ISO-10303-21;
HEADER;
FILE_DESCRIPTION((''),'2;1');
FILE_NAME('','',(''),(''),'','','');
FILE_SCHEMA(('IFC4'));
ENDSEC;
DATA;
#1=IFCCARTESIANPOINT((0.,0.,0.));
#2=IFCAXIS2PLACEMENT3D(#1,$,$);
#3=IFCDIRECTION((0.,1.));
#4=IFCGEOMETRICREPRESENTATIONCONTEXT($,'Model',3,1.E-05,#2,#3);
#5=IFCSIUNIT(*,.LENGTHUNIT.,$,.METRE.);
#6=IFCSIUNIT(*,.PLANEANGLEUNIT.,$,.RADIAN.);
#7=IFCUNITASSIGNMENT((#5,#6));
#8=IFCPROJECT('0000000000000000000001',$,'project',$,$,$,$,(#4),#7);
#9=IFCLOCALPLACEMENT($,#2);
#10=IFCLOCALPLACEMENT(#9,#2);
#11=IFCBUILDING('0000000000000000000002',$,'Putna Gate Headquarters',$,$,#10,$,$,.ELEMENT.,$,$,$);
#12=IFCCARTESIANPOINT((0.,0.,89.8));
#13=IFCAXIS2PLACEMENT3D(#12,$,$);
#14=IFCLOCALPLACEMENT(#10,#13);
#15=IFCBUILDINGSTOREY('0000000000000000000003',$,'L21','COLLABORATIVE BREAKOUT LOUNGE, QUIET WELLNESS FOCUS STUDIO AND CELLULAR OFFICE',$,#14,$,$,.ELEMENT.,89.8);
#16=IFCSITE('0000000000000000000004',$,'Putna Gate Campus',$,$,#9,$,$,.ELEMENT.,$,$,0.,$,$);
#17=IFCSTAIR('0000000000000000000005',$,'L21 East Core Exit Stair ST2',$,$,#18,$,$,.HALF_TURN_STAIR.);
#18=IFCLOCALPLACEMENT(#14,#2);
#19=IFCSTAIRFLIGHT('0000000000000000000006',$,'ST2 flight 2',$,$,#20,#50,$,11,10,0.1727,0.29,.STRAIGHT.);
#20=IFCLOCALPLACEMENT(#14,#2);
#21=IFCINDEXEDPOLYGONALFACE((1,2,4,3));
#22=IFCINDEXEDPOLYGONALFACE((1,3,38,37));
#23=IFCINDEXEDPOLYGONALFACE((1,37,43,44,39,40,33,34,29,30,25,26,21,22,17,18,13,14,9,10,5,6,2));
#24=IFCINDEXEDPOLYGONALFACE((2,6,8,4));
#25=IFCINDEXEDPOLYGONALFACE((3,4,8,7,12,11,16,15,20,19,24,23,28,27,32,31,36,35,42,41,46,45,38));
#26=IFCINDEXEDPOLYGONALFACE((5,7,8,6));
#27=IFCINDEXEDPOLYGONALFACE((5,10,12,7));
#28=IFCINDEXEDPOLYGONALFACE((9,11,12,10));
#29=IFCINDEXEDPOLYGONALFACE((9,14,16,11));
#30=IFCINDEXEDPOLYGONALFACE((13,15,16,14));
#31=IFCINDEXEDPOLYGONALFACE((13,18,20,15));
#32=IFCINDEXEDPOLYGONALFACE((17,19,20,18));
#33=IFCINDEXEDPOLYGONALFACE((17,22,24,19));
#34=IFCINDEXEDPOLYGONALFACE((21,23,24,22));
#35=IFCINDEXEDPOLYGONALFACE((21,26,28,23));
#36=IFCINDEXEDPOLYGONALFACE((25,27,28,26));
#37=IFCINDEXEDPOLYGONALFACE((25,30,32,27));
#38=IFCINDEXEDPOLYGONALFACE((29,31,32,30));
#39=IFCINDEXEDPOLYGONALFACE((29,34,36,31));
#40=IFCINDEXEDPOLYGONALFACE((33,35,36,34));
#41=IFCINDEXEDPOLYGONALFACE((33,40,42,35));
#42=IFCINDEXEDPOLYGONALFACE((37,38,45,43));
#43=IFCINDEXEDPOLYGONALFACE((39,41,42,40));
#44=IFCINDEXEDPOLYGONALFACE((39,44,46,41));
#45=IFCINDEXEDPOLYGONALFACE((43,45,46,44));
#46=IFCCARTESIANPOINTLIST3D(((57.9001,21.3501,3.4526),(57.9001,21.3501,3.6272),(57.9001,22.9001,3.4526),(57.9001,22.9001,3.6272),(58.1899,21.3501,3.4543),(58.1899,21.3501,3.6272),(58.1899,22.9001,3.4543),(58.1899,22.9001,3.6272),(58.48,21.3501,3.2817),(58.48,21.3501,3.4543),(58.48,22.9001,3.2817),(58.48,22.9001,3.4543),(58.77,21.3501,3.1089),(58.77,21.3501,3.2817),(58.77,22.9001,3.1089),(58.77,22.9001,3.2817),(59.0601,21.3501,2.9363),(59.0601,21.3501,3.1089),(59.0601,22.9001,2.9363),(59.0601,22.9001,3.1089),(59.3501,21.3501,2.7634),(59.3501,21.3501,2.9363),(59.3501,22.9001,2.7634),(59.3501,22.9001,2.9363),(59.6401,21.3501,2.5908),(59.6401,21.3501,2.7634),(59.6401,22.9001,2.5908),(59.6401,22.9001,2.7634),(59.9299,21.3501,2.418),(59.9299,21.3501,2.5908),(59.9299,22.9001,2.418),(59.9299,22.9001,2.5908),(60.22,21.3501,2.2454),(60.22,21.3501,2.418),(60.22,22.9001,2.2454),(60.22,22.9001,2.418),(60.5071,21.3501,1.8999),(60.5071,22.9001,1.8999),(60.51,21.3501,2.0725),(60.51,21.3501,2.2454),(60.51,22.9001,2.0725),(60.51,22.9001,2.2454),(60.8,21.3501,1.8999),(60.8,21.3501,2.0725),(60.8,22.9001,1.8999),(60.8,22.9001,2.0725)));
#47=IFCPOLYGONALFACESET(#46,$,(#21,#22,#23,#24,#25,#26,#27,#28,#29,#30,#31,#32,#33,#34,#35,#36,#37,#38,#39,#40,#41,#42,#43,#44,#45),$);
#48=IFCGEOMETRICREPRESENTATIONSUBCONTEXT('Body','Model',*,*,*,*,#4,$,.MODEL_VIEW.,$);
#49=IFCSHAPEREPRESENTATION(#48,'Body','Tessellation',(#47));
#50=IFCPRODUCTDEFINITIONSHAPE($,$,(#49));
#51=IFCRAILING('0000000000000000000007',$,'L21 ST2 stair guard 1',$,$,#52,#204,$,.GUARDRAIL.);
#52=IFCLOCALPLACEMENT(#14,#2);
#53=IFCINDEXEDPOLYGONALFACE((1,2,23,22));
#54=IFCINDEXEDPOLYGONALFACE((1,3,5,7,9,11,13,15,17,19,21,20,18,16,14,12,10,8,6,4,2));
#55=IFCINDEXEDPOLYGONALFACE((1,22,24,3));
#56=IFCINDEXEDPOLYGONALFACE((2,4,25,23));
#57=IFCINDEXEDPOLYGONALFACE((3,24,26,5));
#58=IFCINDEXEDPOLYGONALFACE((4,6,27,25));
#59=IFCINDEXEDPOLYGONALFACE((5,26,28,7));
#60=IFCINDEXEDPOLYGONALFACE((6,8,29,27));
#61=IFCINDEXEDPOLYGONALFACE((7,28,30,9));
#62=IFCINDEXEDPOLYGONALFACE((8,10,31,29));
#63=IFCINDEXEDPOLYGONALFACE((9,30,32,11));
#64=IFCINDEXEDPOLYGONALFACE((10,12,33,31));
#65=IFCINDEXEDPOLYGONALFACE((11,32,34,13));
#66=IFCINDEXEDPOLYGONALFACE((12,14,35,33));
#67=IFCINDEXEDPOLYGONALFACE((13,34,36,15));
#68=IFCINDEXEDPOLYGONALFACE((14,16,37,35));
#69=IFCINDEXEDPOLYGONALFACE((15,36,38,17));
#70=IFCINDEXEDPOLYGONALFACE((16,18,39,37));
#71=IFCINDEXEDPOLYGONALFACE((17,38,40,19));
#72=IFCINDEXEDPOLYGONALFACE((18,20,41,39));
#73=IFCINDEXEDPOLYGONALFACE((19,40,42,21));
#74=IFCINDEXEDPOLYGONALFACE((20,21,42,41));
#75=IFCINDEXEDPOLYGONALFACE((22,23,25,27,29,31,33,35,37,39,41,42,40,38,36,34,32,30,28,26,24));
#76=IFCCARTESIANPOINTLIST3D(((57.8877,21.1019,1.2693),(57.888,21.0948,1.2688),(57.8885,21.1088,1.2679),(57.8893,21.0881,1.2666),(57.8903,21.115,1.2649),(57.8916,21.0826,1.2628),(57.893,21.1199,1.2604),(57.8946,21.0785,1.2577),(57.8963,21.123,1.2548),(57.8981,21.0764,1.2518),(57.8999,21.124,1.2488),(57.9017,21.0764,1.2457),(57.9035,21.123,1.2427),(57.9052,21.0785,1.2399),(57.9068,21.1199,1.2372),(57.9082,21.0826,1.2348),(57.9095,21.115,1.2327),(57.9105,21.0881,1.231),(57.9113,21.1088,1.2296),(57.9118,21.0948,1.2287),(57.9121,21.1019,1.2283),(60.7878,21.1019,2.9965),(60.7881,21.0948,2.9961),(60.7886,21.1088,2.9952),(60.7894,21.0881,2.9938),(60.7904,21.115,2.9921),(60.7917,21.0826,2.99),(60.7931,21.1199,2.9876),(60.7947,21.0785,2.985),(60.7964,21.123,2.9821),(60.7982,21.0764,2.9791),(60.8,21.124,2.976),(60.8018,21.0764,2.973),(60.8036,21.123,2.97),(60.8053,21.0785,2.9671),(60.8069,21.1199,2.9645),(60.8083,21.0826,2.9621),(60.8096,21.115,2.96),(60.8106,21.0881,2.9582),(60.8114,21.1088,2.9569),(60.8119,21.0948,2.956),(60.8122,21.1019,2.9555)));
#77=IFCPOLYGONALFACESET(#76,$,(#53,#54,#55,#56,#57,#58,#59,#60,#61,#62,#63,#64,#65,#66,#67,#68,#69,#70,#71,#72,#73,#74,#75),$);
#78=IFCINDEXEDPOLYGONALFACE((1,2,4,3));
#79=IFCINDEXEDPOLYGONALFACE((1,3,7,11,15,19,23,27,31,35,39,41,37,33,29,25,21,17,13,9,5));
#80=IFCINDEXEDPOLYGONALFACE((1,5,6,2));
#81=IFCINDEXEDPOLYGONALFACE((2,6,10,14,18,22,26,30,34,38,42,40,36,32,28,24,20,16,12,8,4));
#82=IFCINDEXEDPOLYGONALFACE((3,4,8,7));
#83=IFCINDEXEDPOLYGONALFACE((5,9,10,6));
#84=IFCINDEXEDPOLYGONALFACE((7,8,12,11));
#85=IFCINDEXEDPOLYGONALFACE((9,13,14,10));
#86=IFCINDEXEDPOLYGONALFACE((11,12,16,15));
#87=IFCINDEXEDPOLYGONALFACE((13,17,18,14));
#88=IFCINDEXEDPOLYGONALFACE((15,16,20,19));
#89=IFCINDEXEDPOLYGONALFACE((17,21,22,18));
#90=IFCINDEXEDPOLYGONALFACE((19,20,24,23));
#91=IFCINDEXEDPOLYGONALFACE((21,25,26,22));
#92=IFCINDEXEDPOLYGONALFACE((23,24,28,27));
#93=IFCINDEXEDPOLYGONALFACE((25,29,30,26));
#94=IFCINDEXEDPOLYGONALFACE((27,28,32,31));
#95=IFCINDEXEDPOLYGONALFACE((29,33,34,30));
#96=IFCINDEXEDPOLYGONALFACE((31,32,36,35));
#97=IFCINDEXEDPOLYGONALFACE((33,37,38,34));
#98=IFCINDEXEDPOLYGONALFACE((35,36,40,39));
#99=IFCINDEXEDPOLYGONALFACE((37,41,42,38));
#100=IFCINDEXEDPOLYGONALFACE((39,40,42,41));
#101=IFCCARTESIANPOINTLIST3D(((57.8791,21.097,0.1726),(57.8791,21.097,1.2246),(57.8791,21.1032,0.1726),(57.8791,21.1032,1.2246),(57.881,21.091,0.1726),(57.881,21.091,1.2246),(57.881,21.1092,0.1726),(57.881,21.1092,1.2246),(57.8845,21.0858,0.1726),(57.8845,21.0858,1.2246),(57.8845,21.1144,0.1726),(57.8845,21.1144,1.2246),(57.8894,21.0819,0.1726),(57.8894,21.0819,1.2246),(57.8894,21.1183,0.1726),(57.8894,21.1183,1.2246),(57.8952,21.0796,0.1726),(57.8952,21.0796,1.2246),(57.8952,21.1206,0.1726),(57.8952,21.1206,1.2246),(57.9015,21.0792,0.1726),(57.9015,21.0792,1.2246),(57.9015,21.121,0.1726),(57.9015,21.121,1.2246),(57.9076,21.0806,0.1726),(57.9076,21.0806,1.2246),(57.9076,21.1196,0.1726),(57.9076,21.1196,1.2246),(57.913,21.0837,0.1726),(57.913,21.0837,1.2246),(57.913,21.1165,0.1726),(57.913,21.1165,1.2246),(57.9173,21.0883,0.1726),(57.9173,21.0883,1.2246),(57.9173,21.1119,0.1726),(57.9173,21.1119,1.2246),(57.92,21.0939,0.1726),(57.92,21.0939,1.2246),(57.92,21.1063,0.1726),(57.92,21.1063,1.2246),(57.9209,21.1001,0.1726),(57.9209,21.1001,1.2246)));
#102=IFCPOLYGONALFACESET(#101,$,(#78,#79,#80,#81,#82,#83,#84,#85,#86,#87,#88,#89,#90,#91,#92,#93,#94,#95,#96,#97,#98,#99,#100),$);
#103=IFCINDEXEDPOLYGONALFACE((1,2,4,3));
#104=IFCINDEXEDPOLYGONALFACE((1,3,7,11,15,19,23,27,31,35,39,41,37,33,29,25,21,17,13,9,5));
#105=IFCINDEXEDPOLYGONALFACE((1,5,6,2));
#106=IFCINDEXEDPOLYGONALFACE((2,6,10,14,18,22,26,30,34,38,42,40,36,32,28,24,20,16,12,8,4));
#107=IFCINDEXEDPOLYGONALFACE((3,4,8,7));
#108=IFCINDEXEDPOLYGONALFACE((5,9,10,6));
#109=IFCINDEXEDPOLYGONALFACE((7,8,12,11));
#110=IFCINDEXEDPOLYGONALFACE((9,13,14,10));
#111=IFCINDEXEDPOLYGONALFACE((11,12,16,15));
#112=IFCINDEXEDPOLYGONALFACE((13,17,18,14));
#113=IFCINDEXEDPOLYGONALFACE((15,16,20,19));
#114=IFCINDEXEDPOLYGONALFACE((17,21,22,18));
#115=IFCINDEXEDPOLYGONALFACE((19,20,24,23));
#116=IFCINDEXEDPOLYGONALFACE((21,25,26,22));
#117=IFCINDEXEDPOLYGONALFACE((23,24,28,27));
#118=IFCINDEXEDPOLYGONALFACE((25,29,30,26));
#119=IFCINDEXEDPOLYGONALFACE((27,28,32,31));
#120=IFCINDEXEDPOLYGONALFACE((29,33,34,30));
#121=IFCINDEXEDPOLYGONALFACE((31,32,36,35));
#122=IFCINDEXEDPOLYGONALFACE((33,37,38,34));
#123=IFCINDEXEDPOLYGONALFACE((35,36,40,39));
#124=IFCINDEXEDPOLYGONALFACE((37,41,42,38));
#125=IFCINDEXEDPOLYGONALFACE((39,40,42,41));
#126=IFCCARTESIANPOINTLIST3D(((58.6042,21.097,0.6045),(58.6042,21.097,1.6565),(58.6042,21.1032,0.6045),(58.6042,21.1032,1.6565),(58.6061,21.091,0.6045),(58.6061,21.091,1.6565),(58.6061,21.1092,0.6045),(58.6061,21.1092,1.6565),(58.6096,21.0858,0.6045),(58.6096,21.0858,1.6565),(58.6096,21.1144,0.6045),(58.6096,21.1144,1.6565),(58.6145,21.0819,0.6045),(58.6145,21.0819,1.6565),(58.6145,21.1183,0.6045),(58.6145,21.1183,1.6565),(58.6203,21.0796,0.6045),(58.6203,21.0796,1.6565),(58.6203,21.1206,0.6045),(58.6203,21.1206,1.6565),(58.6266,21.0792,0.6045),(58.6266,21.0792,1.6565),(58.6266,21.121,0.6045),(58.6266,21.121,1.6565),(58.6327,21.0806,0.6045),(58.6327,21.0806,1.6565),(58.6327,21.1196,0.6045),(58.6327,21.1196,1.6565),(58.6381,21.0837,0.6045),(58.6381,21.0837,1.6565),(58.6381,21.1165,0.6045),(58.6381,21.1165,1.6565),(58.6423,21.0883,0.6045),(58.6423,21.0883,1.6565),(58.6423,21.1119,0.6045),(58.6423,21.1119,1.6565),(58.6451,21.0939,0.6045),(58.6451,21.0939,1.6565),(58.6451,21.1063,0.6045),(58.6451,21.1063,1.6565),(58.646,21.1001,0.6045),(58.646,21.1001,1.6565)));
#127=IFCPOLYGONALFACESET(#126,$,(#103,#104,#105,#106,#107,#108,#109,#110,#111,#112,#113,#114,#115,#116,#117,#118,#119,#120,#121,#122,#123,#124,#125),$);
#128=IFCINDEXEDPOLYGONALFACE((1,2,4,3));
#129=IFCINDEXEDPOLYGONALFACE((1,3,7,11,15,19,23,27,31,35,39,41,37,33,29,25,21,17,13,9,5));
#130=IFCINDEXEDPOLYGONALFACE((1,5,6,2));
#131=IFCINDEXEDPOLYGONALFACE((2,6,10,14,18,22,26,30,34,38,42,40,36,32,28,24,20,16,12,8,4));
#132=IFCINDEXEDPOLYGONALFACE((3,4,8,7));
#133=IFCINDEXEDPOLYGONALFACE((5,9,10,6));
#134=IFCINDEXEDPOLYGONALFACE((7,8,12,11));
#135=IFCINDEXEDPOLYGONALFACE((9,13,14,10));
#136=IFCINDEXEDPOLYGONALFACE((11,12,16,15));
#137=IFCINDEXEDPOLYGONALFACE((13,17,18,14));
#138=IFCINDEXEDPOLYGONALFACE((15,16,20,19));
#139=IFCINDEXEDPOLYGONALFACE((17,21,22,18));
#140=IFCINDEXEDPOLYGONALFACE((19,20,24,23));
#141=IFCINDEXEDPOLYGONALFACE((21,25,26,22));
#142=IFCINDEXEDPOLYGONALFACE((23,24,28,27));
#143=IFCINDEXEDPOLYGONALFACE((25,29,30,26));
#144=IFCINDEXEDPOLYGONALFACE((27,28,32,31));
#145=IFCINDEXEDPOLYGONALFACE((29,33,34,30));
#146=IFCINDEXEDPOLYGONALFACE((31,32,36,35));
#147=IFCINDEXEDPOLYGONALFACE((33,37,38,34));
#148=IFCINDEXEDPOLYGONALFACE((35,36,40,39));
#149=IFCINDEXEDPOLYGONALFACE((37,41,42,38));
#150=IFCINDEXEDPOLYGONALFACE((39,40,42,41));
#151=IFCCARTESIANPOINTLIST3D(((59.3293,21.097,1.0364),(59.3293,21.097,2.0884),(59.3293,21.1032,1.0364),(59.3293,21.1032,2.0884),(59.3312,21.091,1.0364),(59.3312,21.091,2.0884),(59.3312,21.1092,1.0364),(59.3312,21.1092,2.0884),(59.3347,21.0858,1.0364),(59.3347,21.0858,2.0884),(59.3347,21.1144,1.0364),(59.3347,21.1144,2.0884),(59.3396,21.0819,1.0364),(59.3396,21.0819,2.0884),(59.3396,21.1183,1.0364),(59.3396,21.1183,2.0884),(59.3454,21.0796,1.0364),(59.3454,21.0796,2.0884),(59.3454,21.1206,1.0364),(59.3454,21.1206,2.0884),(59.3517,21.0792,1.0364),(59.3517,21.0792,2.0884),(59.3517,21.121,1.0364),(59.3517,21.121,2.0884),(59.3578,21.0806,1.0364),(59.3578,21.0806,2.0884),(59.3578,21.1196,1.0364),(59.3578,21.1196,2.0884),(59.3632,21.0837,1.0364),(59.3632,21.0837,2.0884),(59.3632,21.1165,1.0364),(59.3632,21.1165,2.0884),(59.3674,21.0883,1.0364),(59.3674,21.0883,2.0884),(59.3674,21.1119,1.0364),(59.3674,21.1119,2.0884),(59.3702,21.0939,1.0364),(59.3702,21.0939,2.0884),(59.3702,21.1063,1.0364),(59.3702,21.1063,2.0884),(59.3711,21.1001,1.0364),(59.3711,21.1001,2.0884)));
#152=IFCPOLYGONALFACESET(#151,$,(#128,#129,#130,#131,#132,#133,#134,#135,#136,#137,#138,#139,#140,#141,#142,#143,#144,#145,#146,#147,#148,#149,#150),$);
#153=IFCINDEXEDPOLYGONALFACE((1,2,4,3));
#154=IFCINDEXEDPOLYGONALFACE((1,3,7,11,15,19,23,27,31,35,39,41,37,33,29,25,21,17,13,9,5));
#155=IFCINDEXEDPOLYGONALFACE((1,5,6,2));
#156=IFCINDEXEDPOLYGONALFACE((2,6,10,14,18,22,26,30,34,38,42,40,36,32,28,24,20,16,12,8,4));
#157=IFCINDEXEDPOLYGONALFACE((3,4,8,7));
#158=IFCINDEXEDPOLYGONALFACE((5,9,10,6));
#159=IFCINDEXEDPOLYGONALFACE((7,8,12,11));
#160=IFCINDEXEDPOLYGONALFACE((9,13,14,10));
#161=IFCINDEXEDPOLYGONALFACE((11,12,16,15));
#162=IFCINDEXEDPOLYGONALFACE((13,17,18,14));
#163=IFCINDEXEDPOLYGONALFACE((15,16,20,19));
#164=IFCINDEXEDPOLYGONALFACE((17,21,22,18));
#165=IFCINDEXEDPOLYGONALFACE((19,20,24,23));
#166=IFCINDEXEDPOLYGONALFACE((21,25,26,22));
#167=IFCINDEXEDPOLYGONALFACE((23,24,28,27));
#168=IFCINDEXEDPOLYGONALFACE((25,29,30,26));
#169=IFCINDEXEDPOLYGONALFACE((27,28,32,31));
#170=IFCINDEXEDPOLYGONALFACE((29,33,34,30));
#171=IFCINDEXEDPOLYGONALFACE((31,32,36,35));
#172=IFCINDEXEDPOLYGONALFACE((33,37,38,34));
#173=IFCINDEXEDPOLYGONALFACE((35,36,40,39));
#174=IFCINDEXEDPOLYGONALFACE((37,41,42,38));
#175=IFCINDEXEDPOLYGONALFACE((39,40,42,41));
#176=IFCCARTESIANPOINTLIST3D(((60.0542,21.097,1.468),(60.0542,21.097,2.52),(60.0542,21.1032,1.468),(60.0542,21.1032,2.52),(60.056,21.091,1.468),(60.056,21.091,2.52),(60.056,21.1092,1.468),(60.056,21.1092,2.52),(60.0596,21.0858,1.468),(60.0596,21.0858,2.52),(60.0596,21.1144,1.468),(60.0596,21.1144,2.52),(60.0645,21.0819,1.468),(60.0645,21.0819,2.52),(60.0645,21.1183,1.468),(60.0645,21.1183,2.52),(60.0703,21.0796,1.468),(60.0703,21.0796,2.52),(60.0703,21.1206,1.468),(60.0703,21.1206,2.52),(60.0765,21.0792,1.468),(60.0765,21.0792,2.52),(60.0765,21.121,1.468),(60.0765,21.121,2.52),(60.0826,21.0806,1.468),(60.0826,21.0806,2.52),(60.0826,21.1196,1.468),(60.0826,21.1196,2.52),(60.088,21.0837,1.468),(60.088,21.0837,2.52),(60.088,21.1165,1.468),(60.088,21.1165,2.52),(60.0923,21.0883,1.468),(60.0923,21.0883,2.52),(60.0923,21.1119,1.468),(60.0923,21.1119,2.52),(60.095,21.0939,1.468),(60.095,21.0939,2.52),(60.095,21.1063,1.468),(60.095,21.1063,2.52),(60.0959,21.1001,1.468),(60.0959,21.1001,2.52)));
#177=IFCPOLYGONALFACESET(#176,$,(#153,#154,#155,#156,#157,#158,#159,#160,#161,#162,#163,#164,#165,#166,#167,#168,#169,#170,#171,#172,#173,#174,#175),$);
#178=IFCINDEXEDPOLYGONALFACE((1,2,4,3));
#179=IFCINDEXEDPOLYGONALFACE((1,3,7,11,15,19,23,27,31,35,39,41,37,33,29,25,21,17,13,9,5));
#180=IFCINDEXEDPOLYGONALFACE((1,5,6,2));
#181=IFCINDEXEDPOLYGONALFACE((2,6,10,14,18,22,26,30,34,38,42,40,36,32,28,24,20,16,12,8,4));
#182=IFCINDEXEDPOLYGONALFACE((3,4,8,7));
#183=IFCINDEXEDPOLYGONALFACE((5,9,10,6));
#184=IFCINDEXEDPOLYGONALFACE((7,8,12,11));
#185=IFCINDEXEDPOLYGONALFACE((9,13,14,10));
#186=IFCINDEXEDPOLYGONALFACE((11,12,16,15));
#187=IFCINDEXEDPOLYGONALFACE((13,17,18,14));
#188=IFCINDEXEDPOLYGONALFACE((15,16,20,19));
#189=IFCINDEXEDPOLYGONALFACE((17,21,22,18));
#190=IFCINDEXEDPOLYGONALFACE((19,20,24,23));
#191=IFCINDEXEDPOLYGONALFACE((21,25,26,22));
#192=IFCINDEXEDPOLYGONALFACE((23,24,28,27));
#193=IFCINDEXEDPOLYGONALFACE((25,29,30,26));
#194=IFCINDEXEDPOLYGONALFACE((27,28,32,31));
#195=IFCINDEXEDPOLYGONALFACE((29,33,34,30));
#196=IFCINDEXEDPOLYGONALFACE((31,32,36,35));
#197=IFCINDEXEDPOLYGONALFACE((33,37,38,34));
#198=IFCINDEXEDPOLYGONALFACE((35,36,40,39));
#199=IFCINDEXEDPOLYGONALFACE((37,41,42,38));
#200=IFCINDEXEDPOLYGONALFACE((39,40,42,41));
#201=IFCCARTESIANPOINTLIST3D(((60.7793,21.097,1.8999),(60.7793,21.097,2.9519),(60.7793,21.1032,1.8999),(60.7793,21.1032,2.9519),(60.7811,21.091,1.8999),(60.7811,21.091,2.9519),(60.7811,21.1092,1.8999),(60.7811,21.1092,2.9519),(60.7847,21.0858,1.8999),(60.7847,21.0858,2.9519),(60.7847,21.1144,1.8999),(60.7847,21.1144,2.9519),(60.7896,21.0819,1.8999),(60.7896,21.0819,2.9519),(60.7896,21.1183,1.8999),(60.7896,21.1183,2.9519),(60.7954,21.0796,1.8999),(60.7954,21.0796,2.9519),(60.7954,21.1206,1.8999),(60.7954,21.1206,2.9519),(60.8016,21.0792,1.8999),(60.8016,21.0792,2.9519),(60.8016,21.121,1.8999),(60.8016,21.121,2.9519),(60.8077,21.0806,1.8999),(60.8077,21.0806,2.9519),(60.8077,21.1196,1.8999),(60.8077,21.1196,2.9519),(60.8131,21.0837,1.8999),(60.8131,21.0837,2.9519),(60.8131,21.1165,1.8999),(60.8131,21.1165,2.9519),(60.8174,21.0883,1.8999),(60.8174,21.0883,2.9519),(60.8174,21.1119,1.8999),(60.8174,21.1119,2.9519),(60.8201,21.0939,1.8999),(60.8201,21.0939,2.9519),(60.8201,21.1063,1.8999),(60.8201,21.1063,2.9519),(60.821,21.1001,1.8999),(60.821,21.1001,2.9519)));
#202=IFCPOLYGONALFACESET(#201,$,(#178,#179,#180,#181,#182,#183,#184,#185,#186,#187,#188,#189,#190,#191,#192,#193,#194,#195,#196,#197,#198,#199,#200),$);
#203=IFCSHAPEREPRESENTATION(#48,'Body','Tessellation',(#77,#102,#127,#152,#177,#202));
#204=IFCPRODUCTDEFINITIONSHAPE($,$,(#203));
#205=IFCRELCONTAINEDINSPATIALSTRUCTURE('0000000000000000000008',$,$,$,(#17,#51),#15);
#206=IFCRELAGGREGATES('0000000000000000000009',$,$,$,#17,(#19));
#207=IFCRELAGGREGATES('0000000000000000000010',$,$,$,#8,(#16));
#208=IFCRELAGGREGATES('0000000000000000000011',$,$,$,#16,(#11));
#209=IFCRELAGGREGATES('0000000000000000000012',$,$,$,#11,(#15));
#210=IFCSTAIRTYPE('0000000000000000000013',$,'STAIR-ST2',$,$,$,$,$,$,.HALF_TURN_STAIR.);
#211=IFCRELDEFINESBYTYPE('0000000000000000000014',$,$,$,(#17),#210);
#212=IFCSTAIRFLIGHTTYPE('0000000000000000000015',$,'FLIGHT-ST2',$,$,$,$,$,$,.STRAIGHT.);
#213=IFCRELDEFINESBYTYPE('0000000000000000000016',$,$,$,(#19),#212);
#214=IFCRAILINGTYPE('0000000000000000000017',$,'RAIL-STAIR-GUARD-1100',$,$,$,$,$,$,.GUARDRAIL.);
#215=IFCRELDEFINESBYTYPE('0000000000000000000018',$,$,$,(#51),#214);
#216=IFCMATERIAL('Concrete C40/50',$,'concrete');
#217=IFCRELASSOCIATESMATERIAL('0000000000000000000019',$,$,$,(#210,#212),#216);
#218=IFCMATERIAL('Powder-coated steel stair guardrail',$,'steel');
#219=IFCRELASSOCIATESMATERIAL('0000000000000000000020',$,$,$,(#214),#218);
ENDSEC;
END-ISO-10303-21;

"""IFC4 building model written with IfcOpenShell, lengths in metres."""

from ifc_helpers import new_model, si_unit, direction, frame, origin, origin_2d, place, context, subcontext, project, spatial, polyline, circle, outline, extrude, material, type_object, element, aggregate, save


model = new_model("IFC4")

# Units and contexts
model_context = context("Model", 3, precision=1e-05, world=origin(), true_north=direction((0.0, 1.0)))
body_context = subcontext(model_context, "Body", "Model", "MODEL_VIEW")
ifc_project = project(units=[si_unit("LENGTHUNIT", "METRE"), si_unit("PLANEANGLEUNIT", "RADIAN")], contexts=[model_context])

# Site, building, storey
site_placement = place(None, origin())
site = spatial("IfcSite", under=ifc_project, at=site_placement, Name="Putna Gate Campus", CompositionType="ELEMENT", RefElevation=0.0)
building_placement = place(site_placement, origin())
building = spatial("IfcBuilding", under=site, at=building_placement, Name="Putna Gate Headquarters", CompositionType="ELEMENT")
storey_placement = place(building_placement, frame((0.0, 0.0, 89.8)))
storey = spatial("IfcBuildingStorey", under=building, at=storey_placement, Name="L21", Description="COLLABORATIVE BREAKOUT LOUNGE, QUIET WELLNESS FOCUS STUDIO AND CELLULAR OFFICE", CompositionType="ELEMENT", Elevation=89.8)

# Shared definitions
ifc_material_1 = material(Name="Concrete C40/50", Category="concrete")

# Stair, stair flight
stair_type = type_object("IfcStairType", Name="STAIR-ST2", PredefinedType="HALF_TURN_STAIR", material=ifc_material_1)
stair_placement = place(storey_placement, origin())
stair = element("IfcStair", 1, at=stair_placement, inside=storey, type_object=stair_type, Name="L21 East Core Exit Stair ST2", PredefinedType="HALF_TURN_STAIR")
stair_flight_type = type_object("IfcStairFlightType", Name="FLIGHT-ST2", PredefinedType="STRAIGHT", material=ifc_material_1)
stair_flight_1_placement = place(storey_placement, frame((60.8, 22.125, 1.8999), z_axis=(0.0, 0.0, 1.0), x_axis=(-1.0, 0.0, 0.0)))
stair_flight_1 = element("IfcStairFlight", 2, at=stair_flight_1_placement, type_object=stair_flight_type, Name="ST2 flight 2", NumberOfRisers=11, NumberOfTreads=10, PredefinedType="STRAIGHT", RiserHeight=0.1727, TreadLength=0.29, context=body_context, shape_type="SweptSolid", body=[
    extrude(outline(polyline([(0.0, 0.0), (0.0, 0.1726), (0.29, 0.1726), (0.29, 0.3455), (0.5801, 0.3455), (0.5801, 0.5181), (0.8701, 0.5181), (0.8701, 0.6909), (1.1599, 0.6909), (1.1599, 0.8635), (1.45, 0.8635), (1.45, 1.0364), (1.74, 1.0364), (1.74, 1.209), (2.03, 1.209), (2.03, 1.3818), (2.3201, 1.3818), (2.3201, 1.5544), (2.6101, 1.5544), (2.6101, 1.7273), (2.8999, 1.7273), (2.8999, 1.8999), (2.8999, 1.5527), (0.293, 0.0), (0.0, 0.0)])), frame((0.0, 0.7749, 0.0), z_axis=(0.0, -1.0, 0.0), x_axis=(1.0, 0.0, 0.0)), (0.0, 0.0, 1.0), 1.55),
])
aggregate(stair, [stair_flight_1])

# Railing
ifc_material_2 = material(Name="Powder-coated steel stair guardrail", Category="steel")
railing_type_1 = type_object("IfcRailingType", Name="RAIL-STAIR-GUARD-1100", PredefinedType="GUARDRAIL", material=ifc_material_2)
railing_1_placement = place(storey_placement, frame((57.8999, 21.1001, 0.1726)))
element("IfcRailing", 3, at=railing_1_placement, inside=storey, type_object=railing_type_1, Name="L21 ST2 stair guard 1", PredefinedType="GUARDRAIL", context=body_context, shape_type="SweptSolid", body=[
    extrude(circle(Radius=0.0239, at=origin_2d()), frame((0.0, 0.0, 1.0762), z_axis=(0.85916, 0.0, 0.511706), x_axis=(0.0, 1.0, 0.0)), (0.0, 0.0, 1.0), 3.3755),
    extrude(circle(Radius=0.021, at=origin_2d()), origin(), (0.0, 0.0, 1.0), 1.052),
    extrude(circle(Radius=0.021, at=origin_2d()), frame((0.7251, 0.0, 0.4319)), (0.0, 0.0, 1.0), 1.052),
    extrude(circle(Radius=0.021, at=origin_2d()), frame((1.4502, 0.0, 0.8638)), (0.0, 0.0, 1.0), 1.052),
    extrude(circle(Radius=0.021, at=origin_2d()), frame((2.175, 0.0, 1.2954)), (0.0, 0.0, 1.0), 1.052),
    extrude(circle(Radius=0.021, at=origin_2d()), frame((2.9001, 0.0, 1.7273)), (0.0, 0.0, 1.0), 1.052),
])

save(model, "model.ifc")
